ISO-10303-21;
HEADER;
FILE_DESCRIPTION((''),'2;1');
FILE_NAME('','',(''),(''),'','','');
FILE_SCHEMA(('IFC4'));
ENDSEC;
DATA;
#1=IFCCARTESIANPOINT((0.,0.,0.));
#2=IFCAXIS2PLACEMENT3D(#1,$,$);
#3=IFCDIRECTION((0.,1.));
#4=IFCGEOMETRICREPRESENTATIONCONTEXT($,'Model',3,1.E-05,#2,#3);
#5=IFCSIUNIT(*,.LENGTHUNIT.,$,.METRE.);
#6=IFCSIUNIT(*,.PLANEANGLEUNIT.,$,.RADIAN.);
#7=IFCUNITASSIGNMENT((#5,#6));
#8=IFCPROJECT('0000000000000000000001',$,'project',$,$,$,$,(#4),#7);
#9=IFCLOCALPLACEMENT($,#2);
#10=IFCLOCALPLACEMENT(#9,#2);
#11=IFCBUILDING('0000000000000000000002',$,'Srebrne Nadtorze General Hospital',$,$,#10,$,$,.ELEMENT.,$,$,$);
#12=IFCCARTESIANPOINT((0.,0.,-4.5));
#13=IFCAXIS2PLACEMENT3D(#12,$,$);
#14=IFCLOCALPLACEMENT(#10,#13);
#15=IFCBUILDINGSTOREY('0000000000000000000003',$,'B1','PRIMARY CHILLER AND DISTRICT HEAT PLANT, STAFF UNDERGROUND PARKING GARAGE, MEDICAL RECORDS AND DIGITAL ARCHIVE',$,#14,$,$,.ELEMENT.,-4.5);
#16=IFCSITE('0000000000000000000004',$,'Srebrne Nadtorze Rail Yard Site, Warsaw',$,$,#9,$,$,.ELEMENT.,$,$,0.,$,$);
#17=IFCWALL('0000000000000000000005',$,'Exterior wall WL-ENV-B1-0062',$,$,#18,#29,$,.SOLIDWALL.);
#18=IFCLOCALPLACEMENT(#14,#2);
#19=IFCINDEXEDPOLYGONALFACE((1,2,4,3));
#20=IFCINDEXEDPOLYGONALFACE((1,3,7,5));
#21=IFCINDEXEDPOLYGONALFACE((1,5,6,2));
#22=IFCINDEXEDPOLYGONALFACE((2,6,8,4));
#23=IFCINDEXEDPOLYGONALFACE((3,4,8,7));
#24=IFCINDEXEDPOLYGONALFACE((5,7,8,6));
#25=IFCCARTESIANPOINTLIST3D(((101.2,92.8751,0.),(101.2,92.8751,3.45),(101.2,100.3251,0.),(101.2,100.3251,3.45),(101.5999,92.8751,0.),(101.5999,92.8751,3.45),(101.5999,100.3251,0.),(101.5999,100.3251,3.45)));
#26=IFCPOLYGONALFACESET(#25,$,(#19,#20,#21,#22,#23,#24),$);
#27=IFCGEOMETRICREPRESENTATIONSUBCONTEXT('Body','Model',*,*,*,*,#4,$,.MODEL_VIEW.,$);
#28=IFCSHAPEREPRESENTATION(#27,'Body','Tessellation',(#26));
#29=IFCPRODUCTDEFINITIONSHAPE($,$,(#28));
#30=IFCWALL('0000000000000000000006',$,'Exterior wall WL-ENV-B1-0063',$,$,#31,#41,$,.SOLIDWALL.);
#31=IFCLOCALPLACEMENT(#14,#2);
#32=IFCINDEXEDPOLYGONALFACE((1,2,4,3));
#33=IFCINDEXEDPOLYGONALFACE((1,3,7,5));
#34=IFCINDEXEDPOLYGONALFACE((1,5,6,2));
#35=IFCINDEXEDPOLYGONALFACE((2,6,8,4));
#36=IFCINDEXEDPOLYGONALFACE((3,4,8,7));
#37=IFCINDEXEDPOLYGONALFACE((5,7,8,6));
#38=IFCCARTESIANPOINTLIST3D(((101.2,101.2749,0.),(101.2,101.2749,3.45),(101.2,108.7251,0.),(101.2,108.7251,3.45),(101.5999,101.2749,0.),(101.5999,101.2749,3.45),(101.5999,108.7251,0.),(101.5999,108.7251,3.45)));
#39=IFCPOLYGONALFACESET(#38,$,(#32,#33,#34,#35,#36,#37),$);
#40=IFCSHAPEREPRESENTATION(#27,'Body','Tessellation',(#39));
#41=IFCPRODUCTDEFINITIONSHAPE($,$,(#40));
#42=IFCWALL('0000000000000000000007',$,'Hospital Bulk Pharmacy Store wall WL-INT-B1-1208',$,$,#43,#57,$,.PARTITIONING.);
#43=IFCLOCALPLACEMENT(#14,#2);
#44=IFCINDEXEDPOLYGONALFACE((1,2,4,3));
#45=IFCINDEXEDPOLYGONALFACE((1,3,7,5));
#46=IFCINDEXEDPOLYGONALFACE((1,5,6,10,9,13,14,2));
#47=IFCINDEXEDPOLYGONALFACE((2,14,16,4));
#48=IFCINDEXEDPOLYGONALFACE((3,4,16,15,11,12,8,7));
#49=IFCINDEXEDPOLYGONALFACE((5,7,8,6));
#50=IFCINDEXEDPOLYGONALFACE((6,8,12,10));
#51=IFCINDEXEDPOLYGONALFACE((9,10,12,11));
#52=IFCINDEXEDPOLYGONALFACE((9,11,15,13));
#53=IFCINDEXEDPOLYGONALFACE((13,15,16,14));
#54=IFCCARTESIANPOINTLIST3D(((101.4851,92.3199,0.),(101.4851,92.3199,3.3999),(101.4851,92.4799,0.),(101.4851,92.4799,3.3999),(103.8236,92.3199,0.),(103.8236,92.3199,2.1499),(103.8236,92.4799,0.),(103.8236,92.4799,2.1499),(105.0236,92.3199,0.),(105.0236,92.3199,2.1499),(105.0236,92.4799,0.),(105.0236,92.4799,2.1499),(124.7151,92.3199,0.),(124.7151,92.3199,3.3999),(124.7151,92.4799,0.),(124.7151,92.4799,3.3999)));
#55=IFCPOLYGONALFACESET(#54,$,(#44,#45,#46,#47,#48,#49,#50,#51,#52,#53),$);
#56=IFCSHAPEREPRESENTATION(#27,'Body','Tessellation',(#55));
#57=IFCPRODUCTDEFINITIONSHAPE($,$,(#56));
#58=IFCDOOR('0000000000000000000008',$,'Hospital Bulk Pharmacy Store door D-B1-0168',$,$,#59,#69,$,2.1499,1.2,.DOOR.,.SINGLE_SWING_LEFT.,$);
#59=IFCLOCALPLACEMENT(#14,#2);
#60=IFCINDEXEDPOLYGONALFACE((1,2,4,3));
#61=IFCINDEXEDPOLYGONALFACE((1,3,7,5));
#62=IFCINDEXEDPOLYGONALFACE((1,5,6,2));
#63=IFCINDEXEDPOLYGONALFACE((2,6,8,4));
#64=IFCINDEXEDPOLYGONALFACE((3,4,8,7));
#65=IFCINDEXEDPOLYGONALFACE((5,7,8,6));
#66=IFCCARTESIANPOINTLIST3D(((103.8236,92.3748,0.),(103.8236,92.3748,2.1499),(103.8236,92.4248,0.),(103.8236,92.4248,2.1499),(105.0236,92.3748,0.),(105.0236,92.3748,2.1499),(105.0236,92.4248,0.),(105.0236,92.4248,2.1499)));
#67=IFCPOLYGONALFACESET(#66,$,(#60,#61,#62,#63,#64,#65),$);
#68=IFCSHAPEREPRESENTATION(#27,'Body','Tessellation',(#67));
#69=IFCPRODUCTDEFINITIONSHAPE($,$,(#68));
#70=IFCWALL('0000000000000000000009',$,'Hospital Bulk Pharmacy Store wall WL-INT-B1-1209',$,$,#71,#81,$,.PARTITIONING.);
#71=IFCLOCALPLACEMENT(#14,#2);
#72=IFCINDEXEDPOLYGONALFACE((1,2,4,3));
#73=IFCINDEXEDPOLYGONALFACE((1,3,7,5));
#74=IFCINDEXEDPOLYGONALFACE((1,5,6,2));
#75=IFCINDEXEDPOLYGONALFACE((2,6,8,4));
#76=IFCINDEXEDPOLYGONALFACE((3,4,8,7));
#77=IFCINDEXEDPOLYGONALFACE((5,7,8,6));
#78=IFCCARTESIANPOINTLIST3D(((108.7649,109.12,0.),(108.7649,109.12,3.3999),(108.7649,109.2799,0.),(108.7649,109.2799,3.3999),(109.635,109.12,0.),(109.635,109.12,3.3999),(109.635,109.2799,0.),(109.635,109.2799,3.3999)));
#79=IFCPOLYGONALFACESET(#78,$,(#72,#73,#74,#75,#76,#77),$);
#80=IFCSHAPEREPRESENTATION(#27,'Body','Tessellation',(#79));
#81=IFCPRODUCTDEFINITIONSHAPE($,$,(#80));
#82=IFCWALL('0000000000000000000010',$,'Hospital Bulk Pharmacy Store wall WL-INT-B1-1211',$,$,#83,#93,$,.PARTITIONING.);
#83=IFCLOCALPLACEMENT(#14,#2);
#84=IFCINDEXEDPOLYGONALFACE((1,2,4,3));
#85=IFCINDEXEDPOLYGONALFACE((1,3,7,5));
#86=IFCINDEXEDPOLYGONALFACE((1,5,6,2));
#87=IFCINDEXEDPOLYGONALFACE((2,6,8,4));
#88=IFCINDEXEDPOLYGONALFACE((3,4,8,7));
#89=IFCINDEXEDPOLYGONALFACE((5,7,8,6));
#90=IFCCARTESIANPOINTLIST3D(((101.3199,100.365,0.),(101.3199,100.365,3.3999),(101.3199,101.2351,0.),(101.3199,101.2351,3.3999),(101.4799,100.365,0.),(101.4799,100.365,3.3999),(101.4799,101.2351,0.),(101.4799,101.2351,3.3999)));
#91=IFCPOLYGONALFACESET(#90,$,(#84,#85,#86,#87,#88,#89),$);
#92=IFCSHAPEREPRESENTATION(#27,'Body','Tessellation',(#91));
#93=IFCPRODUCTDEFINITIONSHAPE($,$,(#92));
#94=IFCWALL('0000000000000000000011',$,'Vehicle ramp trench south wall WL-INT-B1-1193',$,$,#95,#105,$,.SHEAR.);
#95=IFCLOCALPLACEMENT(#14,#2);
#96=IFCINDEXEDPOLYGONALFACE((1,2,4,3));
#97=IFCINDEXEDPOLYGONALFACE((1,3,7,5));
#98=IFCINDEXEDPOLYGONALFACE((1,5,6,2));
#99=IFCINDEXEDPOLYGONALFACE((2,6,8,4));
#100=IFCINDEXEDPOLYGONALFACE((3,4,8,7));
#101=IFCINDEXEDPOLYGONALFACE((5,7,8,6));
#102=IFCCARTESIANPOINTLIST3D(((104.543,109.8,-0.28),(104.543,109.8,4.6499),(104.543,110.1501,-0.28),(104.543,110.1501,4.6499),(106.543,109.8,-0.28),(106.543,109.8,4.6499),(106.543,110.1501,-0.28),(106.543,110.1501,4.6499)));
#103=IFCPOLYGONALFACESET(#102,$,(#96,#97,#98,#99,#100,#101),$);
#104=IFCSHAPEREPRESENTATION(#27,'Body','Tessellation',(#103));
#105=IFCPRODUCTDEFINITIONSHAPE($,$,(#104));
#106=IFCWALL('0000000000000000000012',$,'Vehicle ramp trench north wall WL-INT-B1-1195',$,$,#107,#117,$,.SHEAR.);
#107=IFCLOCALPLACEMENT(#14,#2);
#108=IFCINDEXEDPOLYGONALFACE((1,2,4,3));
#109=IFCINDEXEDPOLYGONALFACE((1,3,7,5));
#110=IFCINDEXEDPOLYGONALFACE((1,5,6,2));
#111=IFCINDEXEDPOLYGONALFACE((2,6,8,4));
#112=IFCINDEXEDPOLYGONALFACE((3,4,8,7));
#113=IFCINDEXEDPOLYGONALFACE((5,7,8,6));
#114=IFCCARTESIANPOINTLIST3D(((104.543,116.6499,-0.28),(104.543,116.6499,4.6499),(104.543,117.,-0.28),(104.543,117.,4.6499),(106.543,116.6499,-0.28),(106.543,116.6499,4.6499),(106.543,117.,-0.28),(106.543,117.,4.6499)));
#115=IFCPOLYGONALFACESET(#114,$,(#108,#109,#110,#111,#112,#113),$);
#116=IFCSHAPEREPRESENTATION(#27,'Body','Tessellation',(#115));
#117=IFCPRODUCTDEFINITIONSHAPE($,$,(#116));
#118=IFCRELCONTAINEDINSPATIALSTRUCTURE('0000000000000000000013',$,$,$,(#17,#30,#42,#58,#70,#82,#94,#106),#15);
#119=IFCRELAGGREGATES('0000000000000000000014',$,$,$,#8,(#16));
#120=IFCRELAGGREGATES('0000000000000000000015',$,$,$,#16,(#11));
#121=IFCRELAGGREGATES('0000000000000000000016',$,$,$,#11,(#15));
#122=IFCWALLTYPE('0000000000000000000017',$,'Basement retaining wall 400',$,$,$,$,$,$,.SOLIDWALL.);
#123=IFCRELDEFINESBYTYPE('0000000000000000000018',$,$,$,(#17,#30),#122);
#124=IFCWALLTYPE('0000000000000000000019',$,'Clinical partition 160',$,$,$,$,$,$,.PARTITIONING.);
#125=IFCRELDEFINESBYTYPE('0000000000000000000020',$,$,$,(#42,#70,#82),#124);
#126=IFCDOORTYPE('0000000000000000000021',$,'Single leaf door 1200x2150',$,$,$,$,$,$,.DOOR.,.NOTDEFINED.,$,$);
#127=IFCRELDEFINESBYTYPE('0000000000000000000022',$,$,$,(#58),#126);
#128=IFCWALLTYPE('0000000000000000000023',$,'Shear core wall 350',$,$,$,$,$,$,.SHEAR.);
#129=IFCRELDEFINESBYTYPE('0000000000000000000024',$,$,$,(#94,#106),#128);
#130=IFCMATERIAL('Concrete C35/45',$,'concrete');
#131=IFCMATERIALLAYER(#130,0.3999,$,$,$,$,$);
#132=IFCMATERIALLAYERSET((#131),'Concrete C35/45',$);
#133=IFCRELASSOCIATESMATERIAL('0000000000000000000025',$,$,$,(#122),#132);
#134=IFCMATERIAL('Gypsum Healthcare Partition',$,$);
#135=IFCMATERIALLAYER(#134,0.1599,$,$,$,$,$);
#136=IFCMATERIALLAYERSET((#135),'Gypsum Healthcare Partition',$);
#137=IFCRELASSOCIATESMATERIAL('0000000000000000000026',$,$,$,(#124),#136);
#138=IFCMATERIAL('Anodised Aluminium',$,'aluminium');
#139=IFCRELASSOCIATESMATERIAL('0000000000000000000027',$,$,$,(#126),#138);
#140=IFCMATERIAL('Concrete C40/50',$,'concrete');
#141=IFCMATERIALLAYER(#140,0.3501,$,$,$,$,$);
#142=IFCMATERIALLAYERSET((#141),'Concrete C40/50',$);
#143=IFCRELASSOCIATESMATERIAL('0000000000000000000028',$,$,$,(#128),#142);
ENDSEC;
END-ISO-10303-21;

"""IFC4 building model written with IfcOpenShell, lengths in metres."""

from ifc_helpers import new_model, si_unit, direction, frame, frame_2d, origin, place, context, subcontext, project, spatial, rectangle, extrude, material, layer, layer_set, type_object, element, fill, save


model = new_model("IFC4")

# Units and contexts
model_context = context("Model", 3, precision=1e-05, world=origin(), true_north=direction((0.0, 1.0)))
body_context = subcontext(model_context, "Body", "Model", "MODEL_VIEW")
ifc_project = project(units=[si_unit("LENGTHUNIT", "METRE"), si_unit("PLANEANGLEUNIT", "RADIAN")], contexts=[model_context])

# Site, building, storey
site_placement = place(None, origin())
site = spatial("IfcSite", under=ifc_project, at=site_placement, Name="Srebrne Nadtorze Rail Yard Site, Warsaw", CompositionType="ELEMENT", RefElevation=0.0)
building_placement = place(site_placement, origin())
building = spatial("IfcBuilding", under=site, at=building_placement, Name="Srebrne Nadtorze General Hospital", CompositionType="ELEMENT")
storey_placement = place(building_placement, frame((0.0, 0.0, -4.5)))
storey = spatial("IfcBuildingStorey", under=building, at=storey_placement, Name="B1", Description="PRIMARY CHILLER AND DISTRICT HEAT PLANT, STAFF UNDERGROUND PARKING GARAGE, MEDICAL RECORDS AND DIGITAL ARCHIVE", CompositionType="ELEMENT", Elevation=-4.5)

# Walls
ifc_material_1 = material(Name="Concrete C35/45", Category="concrete")
ifc_layer_1 = layer(ifc_material_1, 0.3999)
ifc_layer_set_1 = layer_set([ifc_layer_1], Name="Concrete C35/45")
wall_type_1 = type_object("IfcWallType", Name="Basement retaining wall 400", PredefinedType="SOLIDWALL", material=ifc_layer_set_1)
wall_1_placement = place(storey_placement, frame((101.3999, 92.875, 0.0), z_axis=(0.0, 0.0, 1.0), x_axis=(0.0, 1.0, 0.0)))
element("IfcWall", 1, at=wall_1_placement, inside=storey, type_object=wall_type_1, Name="Exterior wall WL-ENV-B1-0062", PredefinedType="SOLIDWALL", context=body_context, shape_type="SweptSolid", body=[
    extrude(rectangle(XDim=7.45, YDim=0.3999, at=frame_2d((3.7251, 0.0))), origin(), (0.0, 0.0, 1.0), 3.45),
])
wall_2_placement = place(storey_placement, frame((101.3999, 101.2749, 0.0), z_axis=(0.0, 0.0, 1.0), x_axis=(0.0, 1.0, 0.0)))
element("IfcWall", 2, at=wall_2_placement, inside=storey, type_object=wall_type_1, Name="Exterior wall WL-ENV-B1-0063", PredefinedType="SOLIDWALL", context=body_context, shape_type="SweptSolid", body=[
    extrude(rectangle(XDim=7.4502, YDim=0.3999, at=frame_2d((3.7251, 0.0))), origin(), (0.0, 0.0, 1.0), 3.45),
])

# Wall, opening, door
ifc_material_2 = material(Name="Gypsum Healthcare Partition")
ifc_layer_2 = layer(ifc_material_2, 0.1599)
ifc_layer_set_2 = layer_set([ifc_layer_2], Name="Gypsum Healthcare Partition")
wall_type_2 = type_object("IfcWallType", Name="Clinical partition 160", PredefinedType="PARTITIONING", material=ifc_layer_set_2)
wall_3_placement = place(storey_placement, frame((101.4851, 92.3999, 0.0), z_axis=(0.0, 0.0, 1.0), x_axis=(1.0, 0.0, 0.0)))
wall_3 = element("IfcWall", 3, at=wall_3_placement, inside=storey, type_object=wall_type_2, Name="Hospital Bulk Pharmacy Store wall WL-INT-B1-1208", PredefinedType="PARTITIONING", context=body_context, shape_type="SweptSolid", body=[
    extrude(rectangle(XDim=23.23, YDim=0.1599, at=frame_2d((11.615, 0.0))), origin(), (0.0, 0.0, 1.0), 3.3999),
])
opening_placement = place(wall_3_placement, frame((2.3384, 0.0, 0.0)))
opening = element("IfcOpeningElement", 4, at=opening_placement, cuts=wall_3, PredefinedType="OPENING", context=body_context, shape_type="SweptSolid", body=[
    extrude(rectangle(XDim=1.2, YDim=2.1499, at=frame_2d((0.6001, 1.075))), frame((0.0, 0.0918, 0.0), z_axis=(0.0, -1.0, 0.0), x_axis=(1.0, 0.0, 0.0)), (0.0, 0.0, 1.0), 0.1838),
])
ifc_material_3 = material(Name="Anodised Aluminium", Category="aluminium")
door_type = type_object("IfcDoorType", Name="Single leaf door 1200x2150", OperationType="NOTDEFINED", PredefinedType="DOOR", material=ifc_material_3)
door_placement = place(opening_placement, origin())
door = element("IfcDoor", 5, at=door_placement, inside=storey, type_object=door_type, Name="Hospital Bulk Pharmacy Store door D-B1-0168", OperationType="SINGLE_SWING_LEFT", OverallHeight=2.1499, OverallWidth=1.2, PredefinedType="DOOR", context=body_context, shape_type="SweptSolid", body=[
    extrude(rectangle(XDim=1.2, YDim=2.1499, at=frame_2d((0.6001, 1.075))), frame((0.0, 0.0249, 0.0), z_axis=(0.0, -1.0, 0.0), x_axis=(1.0, 0.0, 0.0)), (0.0, 0.0, 1.0), 0.05),
])
fill(opening, door)

# Walls
for number, where, z_axis, x_axis, name in (
    (6, (108.7649, 109.2, 0.0), (0.0, 0.0, 1.0), (1.0, 0.0, 0.0), "Hospital Bulk Pharmacy Store wall WL-INT-B1-1209"),
    (7, (101.3999, 100.365, 0.0), (0.0, 0.0, 1.0), (0.0, 1.0, 0.0), "Hospital Bulk Pharmacy Store wall WL-INT-B1-1211"),
):
    element("IfcWall", number, at=place(storey_placement, frame(where, z_axis=z_axis, x_axis=x_axis)), inside=storey, type_object=wall_type_2, Name=name, PredefinedType="PARTITIONING", context=body_context, shape_type="SweptSolid", body=[
        extrude(rectangle(XDim=0.8701, YDim=0.1599, at=frame_2d((0.4351, 0.0))), origin(), (0.0, 0.0, 1.0), 3.3999),
    ])
ifc_material_4 = material(Name="Concrete C40/50", Category="concrete")
ifc_layer_3 = layer(ifc_material_4, 0.3501)
ifc_layer_set_3 = layer_set([ifc_layer_3], Name="Concrete C40/50")
wall_type_3 = type_object("IfcWallType", Name="Shear core wall 350", PredefinedType="SHEAR", material=ifc_layer_set_3)
for number, where, z_axis, x_axis, name in (
    (8, (104.543, 109.9751, -0.28), (0.0, 0.0, 1.0), (1.0, 0.0, 0.0), "Vehicle ramp trench south wall WL-INT-B1-1193"),
    (9, (104.543, 116.825, -0.28), (0.0, 0.0, 1.0), (1.0, 0.0, 0.0), "Vehicle ramp trench north wall WL-INT-B1-1195"),
):
    element("IfcWall", number, at=place(storey_placement, frame(where, z_axis=z_axis, x_axis=x_axis)), inside=storey, type_object=wall_type_3, Name=name, PredefinedType="SHEAR", context=body_context, shape_type="SweptSolid", body=[
        extrude(rectangle(XDim=2.0, YDim=0.3501, at=frame_2d((1.0, 0.0))), origin(), (0.0, 0.0, 1.0), 4.9299),
    ])

save(model, "model.ifc")
